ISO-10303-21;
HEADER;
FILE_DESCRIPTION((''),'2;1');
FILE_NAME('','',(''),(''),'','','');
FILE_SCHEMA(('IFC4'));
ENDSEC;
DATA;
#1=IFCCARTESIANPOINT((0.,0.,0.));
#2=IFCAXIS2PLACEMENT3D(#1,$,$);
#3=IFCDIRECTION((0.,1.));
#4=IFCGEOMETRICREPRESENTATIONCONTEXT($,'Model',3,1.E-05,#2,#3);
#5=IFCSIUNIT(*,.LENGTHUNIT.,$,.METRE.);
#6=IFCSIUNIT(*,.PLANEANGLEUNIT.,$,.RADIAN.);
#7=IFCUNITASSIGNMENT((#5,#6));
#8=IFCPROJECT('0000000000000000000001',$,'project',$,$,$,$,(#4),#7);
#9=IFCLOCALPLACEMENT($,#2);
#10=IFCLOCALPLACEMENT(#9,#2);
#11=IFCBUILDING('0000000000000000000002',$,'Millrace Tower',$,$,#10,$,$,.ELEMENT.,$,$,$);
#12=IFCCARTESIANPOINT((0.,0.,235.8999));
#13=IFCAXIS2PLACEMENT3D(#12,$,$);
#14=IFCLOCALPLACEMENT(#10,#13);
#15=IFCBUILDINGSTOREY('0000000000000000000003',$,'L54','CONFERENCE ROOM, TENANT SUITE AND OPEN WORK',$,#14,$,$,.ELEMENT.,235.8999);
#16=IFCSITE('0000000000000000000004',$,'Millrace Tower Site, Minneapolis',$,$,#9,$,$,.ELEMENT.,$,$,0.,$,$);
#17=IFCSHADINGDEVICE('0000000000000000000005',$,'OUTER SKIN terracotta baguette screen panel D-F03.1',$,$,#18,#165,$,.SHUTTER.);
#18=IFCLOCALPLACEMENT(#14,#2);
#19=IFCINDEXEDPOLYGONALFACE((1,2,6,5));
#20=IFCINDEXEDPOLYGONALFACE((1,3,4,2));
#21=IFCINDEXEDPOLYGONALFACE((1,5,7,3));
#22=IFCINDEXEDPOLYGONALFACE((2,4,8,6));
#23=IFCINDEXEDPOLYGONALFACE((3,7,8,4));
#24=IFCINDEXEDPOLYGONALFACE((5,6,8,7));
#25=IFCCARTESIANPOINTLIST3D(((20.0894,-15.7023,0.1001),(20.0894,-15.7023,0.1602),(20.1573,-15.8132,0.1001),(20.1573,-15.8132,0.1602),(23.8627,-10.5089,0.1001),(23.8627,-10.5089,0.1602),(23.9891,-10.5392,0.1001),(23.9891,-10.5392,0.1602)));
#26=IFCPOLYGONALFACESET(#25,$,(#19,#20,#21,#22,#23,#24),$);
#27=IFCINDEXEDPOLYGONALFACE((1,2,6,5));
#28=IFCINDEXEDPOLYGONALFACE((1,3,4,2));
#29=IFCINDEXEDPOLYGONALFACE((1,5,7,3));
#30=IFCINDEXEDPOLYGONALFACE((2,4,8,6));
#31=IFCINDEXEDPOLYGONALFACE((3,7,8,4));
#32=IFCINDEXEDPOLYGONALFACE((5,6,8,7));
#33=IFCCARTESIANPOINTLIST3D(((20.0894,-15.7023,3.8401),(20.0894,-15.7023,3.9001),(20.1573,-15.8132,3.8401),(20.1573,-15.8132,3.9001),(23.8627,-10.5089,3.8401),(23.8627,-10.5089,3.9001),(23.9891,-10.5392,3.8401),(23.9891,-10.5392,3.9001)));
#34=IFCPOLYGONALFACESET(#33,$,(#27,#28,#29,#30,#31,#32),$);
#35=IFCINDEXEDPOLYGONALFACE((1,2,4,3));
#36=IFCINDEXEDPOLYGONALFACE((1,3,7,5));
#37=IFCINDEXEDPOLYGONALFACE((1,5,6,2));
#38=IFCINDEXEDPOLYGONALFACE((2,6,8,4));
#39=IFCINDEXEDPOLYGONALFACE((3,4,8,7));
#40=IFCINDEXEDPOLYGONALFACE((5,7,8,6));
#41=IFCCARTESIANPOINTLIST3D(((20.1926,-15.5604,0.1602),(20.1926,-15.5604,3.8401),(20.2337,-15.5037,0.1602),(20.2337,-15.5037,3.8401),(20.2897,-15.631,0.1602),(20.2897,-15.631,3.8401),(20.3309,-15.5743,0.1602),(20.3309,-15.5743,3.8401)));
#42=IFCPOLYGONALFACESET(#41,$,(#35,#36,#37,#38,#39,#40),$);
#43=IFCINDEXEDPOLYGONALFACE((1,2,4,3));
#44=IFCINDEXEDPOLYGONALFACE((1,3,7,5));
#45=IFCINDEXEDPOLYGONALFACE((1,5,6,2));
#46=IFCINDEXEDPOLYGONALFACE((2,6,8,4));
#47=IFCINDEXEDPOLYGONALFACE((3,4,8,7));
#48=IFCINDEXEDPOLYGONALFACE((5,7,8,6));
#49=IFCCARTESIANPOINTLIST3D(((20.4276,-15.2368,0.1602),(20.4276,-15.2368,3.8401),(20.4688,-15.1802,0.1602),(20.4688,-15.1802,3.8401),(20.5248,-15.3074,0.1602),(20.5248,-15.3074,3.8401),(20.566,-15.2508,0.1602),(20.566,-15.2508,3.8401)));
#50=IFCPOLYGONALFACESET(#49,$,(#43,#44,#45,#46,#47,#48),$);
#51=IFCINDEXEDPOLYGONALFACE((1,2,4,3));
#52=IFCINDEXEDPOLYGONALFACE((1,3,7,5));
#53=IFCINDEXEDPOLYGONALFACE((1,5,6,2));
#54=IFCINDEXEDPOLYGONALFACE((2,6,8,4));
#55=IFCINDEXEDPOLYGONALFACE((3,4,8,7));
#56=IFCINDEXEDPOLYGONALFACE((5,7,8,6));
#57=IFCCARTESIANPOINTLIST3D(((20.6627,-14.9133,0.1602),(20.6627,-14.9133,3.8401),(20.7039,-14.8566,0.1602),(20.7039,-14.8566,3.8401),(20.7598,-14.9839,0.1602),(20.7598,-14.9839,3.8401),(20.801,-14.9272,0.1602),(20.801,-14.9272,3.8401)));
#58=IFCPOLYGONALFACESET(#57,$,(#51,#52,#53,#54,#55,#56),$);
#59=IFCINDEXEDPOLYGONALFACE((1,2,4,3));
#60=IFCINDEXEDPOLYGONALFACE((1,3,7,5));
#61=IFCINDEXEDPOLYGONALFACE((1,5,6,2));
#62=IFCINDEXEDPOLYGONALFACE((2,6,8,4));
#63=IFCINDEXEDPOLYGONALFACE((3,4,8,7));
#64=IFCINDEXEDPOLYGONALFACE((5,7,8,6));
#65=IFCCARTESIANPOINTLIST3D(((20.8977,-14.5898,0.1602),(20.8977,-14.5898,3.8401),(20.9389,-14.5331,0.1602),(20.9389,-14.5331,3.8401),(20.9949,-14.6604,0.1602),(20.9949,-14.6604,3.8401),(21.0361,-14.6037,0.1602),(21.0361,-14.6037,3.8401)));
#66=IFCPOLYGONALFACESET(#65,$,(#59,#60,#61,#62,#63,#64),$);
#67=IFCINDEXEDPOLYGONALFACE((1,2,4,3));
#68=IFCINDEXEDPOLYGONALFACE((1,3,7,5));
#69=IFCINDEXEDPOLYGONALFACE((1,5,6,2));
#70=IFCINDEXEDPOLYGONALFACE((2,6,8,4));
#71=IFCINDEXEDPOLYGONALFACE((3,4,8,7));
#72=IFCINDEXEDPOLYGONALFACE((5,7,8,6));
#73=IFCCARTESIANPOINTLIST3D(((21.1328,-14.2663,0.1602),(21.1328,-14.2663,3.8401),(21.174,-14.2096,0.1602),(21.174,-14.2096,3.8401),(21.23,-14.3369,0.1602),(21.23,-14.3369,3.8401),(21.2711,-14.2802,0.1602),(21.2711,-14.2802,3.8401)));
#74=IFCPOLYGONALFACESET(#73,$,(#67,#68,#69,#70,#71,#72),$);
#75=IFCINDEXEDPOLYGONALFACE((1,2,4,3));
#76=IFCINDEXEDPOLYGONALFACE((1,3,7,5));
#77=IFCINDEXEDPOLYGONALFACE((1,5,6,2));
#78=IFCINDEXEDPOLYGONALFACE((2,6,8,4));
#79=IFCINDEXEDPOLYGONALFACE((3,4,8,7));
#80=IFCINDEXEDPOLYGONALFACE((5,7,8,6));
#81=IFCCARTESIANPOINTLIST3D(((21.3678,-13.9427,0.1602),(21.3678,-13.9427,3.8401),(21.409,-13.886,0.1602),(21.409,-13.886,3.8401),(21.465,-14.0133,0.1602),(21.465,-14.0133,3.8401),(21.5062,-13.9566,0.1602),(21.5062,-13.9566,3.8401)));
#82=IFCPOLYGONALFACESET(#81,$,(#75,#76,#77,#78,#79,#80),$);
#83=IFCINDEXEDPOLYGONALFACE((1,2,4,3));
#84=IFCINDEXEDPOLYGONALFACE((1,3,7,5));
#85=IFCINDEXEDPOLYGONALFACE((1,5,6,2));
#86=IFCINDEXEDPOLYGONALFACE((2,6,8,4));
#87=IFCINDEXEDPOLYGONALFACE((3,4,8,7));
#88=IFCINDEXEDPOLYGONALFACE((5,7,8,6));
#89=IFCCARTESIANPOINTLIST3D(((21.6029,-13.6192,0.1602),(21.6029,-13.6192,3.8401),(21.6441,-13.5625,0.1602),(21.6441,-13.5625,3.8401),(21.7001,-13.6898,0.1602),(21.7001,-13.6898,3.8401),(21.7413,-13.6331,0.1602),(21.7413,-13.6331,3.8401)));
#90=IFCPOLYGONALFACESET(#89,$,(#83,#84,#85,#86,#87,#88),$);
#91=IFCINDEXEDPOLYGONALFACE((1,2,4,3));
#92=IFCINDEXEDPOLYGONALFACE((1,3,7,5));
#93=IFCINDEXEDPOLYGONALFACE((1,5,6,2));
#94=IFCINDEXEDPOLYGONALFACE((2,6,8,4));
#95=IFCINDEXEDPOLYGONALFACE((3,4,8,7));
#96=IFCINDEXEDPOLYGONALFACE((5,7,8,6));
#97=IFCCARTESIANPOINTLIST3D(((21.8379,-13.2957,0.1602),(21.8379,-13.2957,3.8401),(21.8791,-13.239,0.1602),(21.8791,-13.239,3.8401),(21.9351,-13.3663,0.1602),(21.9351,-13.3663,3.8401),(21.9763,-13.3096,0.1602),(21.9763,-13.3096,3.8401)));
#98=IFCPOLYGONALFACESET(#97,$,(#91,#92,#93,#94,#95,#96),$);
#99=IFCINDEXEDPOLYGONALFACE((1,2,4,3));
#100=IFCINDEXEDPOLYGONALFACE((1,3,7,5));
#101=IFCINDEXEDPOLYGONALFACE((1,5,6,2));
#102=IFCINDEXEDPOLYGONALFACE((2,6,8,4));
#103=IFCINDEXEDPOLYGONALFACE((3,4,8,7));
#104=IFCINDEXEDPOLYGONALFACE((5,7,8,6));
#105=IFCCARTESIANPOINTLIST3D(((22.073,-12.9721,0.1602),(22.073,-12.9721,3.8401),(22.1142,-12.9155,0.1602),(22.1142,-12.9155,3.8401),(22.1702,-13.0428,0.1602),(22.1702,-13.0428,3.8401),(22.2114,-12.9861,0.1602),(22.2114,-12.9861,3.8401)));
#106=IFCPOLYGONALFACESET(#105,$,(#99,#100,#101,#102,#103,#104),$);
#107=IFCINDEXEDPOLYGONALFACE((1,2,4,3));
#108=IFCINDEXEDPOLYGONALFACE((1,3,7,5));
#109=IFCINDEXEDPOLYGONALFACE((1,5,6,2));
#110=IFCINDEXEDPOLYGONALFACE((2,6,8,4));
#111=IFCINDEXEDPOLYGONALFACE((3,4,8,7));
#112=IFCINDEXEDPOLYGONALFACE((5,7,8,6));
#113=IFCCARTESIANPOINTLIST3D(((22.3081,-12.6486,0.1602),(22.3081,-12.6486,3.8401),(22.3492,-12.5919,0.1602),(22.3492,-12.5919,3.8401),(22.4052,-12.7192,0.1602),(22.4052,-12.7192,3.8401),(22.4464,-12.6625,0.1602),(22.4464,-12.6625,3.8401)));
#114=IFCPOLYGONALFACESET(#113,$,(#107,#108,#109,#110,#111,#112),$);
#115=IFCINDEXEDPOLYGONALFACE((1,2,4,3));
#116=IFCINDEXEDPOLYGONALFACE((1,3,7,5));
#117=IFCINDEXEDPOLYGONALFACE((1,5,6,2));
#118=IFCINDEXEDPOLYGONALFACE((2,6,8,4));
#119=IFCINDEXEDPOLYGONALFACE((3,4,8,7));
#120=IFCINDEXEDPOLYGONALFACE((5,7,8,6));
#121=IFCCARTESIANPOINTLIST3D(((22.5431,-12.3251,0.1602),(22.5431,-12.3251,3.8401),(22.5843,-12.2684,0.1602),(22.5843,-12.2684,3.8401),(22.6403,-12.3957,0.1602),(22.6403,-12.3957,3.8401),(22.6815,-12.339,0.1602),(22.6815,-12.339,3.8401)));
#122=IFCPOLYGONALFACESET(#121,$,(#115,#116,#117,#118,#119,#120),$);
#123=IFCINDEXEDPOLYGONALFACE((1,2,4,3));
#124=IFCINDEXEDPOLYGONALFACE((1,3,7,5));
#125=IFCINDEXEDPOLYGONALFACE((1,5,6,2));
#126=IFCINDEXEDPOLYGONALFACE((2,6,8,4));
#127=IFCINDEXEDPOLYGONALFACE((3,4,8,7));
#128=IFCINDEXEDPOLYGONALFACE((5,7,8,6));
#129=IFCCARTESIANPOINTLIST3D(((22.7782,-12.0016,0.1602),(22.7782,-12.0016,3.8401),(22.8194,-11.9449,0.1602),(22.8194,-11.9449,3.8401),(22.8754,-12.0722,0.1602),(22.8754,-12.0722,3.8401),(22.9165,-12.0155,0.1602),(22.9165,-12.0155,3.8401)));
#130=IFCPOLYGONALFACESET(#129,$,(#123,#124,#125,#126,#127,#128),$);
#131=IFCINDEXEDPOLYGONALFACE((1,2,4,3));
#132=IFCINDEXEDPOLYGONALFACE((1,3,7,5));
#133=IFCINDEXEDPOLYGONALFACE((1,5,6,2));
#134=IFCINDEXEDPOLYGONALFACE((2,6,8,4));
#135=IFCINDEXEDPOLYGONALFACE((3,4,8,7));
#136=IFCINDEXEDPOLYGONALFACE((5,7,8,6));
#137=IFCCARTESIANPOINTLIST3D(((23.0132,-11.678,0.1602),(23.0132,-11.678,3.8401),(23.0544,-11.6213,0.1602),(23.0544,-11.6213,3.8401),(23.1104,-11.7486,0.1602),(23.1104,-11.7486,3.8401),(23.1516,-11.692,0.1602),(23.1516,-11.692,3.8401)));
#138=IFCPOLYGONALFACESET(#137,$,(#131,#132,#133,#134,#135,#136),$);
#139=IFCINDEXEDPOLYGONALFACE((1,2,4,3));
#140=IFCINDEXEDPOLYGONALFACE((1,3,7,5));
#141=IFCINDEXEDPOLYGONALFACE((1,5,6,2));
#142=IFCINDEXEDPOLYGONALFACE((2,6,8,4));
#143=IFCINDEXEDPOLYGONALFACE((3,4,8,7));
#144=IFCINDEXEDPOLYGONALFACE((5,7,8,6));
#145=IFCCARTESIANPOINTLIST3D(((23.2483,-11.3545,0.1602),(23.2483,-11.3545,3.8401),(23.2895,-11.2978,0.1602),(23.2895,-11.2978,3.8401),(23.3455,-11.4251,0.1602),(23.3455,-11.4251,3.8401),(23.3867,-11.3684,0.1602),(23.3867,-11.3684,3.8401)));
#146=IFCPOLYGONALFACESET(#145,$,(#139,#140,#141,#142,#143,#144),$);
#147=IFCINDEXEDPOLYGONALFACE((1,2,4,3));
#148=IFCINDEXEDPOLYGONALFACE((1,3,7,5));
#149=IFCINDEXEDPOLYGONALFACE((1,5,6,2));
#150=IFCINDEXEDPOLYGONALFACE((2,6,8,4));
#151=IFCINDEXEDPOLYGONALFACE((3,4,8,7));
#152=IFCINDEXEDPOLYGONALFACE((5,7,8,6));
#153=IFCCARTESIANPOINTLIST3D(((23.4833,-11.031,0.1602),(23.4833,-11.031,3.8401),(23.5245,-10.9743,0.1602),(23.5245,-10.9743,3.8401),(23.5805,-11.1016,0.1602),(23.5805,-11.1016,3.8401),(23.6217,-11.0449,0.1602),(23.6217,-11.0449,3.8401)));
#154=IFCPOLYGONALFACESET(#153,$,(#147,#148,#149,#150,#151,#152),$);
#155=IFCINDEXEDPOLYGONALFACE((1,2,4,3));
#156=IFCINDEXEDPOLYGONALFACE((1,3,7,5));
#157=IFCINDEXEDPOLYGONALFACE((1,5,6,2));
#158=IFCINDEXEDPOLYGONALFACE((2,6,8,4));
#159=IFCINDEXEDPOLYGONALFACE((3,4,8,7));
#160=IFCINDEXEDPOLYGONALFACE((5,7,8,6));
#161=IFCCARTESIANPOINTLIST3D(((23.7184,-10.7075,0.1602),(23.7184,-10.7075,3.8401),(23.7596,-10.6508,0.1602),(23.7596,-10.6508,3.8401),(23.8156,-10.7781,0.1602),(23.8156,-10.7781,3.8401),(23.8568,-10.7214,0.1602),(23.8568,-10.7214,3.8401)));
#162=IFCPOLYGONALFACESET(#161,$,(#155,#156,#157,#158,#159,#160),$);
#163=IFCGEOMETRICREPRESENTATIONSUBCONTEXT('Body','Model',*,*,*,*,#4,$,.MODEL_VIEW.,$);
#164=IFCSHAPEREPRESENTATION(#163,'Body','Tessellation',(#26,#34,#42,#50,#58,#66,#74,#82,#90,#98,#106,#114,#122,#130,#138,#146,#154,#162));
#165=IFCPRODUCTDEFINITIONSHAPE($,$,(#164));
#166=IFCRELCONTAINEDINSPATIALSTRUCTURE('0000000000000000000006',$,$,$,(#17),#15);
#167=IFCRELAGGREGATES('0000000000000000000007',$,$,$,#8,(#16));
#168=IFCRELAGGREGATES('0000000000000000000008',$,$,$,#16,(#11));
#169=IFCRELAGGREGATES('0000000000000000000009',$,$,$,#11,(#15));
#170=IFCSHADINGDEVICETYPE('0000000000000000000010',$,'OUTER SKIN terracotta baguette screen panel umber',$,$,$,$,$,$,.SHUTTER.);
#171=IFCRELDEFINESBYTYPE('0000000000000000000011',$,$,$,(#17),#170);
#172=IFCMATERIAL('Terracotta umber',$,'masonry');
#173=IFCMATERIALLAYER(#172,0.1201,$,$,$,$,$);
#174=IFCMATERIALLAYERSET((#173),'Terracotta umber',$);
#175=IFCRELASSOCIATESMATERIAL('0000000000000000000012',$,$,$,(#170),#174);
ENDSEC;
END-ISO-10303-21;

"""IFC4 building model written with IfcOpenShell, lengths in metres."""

from ifc_helpers import new_model, entity, si_unit, direction, frame, frame_2d, origin, place, context, subcontext, project, spatial, rectangle, extrude, source, transform, mapped, material, layer, layer_set, type_object, element, save


model = new_model("IFC4")

# Units and contexts
model_context = context("Model", 3, precision=1e-05, world=origin(), true_north=direction((0.0, 1.0)))
body_context = subcontext(model_context, "Body", "Model", "MODEL_VIEW")
ifc_project = project(units=[si_unit("LENGTHUNIT", "METRE"), si_unit("PLANEANGLEUNIT", "RADIAN")], contexts=[model_context])

# Site, building, storey
site_placement = place(None, origin())
site = spatial("IfcSite", under=ifc_project, at=site_placement, Name="Millrace Tower Site, Minneapolis", CompositionType="ELEMENT", RefElevation=0.0)
building_placement = place(site_placement, origin())
building = spatial("IfcBuilding", under=site, at=building_placement, Name="Millrace Tower", CompositionType="ELEMENT")
storey_placement = place(building_placement, frame((0.0, 0.0, 235.8999)))
storey = spatial("IfcBuildingStorey", under=building, at=storey_placement, Name="L54", Description="CONFERENCE ROOM, TENANT SUITE AND OPEN WORK", CompositionType="ELEMENT", Elevation=235.8999)

# Shading device
ifc_material_1 = material(Name="Terracotta umber", Category="masonry")
ifc_layer_1 = layer(ifc_material_1, 0.1201)
ifc_layer_set_1 = layer_set([ifc_layer_1], Name="Terracotta umber")
shading_device_type = type_object("IfcShadingDeviceType", Name="OUTER SKIN terracotta baguette screen panel umber", PredefinedType="SHUTTER", material=ifc_layer_set_1)
cartesian_point_1 = entity("IfcCartesianPoint", [-3.2097, 0.0601])
shared_polyline_1 = entity("IfcPolyline", [cartesian_point_1, entity("IfcCartesianPoint", [3.2097, 0.0601]), entity("IfcCartesianPoint", [3.2595, -0.0601]), entity("IfcCartesianPoint", [-3.2595, -0.0601]), cartesian_point_1])
shared_shape_1 = source(origin(), body_context, "Body", "SweptSolid", [
    entity("IfcExtrudedAreaSolid", entity("IfcArbitraryClosedProfileDef", "AREA", None, shared_polyline_1), entity("IfcAxis2Placement3D", entity("IfcCartesianPoint", [0.0, 0.0, 0.0])), entity("IfcDirection", [0.0, 0.0, 1.0]), 0.0601),
    entity("IfcExtrudedAreaSolid", entity("IfcArbitraryClosedProfileDef", "AREA", None, shared_polyline_1), entity("IfcAxis2Placement3D", entity("IfcCartesianPoint", [0.0, 0.0, 3.74])), entity("IfcDirection", [0.0, 0.0, 1.0]), 0.0601),
    extrude(rectangle(XDim=0.0701, YDim=0.1201, at=frame_2d((-2.9993, 0.0))), frame((0.0, 0.0, 0.0601)), (0.0, 0.0, 1.0), 3.6799),
    extrude(rectangle(XDim=0.0701, YDim=0.1201, at=frame_2d((-2.5994, 0.0))), frame((0.0, 0.0, 0.0601)), (0.0, 0.0, 1.0), 3.6799),
    extrude(rectangle(XDim=0.0701, YDim=0.1201, at=frame_2d((-2.1995, 0.0))), frame((0.0, 0.0, 0.0601)), (0.0, 0.0, 1.0), 3.6799),
    extrude(rectangle(XDim=0.0701, YDim=0.1201, at=frame_2d((-1.7996, 0.0))), frame((0.0, 0.0, 0.0601)), (0.0, 0.0, 1.0), 3.6799),
    extrude(rectangle(XDim=0.0701, YDim=0.1201, at=frame_2d((-1.3997, 0.0))), frame((0.0, 0.0, 0.0601)), (0.0, 0.0, 1.0), 3.6799),
    extrude(rectangle(XDim=0.0701, YDim=0.1201, at=frame_2d((-0.9998, 0.0))), frame((0.0, 0.0, 0.0601)), (0.0, 0.0, 1.0), 3.6799),
    extrude(rectangle(XDim=0.0701, YDim=0.1201, at=frame_2d((-0.5999, 0.0))), frame((0.0, 0.0, 0.0601)), (0.0, 0.0, 1.0), 3.6799),
    extrude(rectangle(XDim=0.0701, YDim=0.1201, at=frame_2d((-0.2, 0.0))), frame((0.0, 0.0, 0.0601)), (0.0, 0.0, 1.0), 3.6799),
    extrude(rectangle(XDim=0.0701, YDim=0.1201, at=frame_2d((0.2, 0.0))), frame((0.0, 0.0, 0.0601)), (0.0, 0.0, 1.0), 3.6799),
    extrude(rectangle(XDim=0.0701, YDim=0.1201, at=frame_2d((0.5999, 0.0))), frame((0.0, 0.0, 0.0601)), (0.0, 0.0, 1.0), 3.6799),
    extrude(rectangle(XDim=0.0701, YDim=0.1201, at=frame_2d((0.9998, 0.0))), frame((0.0, 0.0, 0.0601)), (0.0, 0.0, 1.0), 3.6799),
    extrude(rectangle(XDim=0.0701, YDim=0.1201, at=frame_2d((1.3997, 0.0))), frame((0.0, 0.0, 0.0601)), (0.0, 0.0, 1.0), 3.6799),
    extrude(rectangle(XDim=0.0701, YDim=0.1201, at=frame_2d((1.7996, 0.0))), frame((0.0, 0.0, 0.0601)), (0.0, 0.0, 1.0), 3.6799),
    extrude(rectangle(XDim=0.0701, YDim=0.1201, at=frame_2d((2.1995, 0.0))), frame((0.0, 0.0, 0.0601)), (0.0, 0.0, 1.0), 3.6799),
    extrude(rectangle(XDim=0.0701, YDim=0.1201, at=frame_2d((2.5994, 0.0))), frame((0.0, 0.0, 0.0601)), (0.0, 0.0, 1.0), 3.6799),
    extrude(rectangle(XDim=0.0701, YDim=0.1201, at=frame_2d((2.9993, 0.0))), frame((0.0, 0.0, 0.0601)), (0.0, 0.0, 1.0), 3.6799),
])
shading_device_1_placement = place(storey_placement, frame((22.0247, -13.1409, 0.1001), z_axis=(0.0, 0.0, 1.0), x_axis=(0.587785, 0.809017, 0.0)))
element("IfcShadingDevice", 1, at=shading_device_1_placement, inside=storey, type_object=shading_device_type, Name="OUTER SKIN terracotta baguette screen panel D-F03.1", PredefinedType="SHUTTER", context=body_context, shape_type="MappedRepresentation", body=[
    mapped(shared_shape_1, transform((0.0, 0.0, 0.0), scale=1.0)),
])

save(model, "model.ifc")
